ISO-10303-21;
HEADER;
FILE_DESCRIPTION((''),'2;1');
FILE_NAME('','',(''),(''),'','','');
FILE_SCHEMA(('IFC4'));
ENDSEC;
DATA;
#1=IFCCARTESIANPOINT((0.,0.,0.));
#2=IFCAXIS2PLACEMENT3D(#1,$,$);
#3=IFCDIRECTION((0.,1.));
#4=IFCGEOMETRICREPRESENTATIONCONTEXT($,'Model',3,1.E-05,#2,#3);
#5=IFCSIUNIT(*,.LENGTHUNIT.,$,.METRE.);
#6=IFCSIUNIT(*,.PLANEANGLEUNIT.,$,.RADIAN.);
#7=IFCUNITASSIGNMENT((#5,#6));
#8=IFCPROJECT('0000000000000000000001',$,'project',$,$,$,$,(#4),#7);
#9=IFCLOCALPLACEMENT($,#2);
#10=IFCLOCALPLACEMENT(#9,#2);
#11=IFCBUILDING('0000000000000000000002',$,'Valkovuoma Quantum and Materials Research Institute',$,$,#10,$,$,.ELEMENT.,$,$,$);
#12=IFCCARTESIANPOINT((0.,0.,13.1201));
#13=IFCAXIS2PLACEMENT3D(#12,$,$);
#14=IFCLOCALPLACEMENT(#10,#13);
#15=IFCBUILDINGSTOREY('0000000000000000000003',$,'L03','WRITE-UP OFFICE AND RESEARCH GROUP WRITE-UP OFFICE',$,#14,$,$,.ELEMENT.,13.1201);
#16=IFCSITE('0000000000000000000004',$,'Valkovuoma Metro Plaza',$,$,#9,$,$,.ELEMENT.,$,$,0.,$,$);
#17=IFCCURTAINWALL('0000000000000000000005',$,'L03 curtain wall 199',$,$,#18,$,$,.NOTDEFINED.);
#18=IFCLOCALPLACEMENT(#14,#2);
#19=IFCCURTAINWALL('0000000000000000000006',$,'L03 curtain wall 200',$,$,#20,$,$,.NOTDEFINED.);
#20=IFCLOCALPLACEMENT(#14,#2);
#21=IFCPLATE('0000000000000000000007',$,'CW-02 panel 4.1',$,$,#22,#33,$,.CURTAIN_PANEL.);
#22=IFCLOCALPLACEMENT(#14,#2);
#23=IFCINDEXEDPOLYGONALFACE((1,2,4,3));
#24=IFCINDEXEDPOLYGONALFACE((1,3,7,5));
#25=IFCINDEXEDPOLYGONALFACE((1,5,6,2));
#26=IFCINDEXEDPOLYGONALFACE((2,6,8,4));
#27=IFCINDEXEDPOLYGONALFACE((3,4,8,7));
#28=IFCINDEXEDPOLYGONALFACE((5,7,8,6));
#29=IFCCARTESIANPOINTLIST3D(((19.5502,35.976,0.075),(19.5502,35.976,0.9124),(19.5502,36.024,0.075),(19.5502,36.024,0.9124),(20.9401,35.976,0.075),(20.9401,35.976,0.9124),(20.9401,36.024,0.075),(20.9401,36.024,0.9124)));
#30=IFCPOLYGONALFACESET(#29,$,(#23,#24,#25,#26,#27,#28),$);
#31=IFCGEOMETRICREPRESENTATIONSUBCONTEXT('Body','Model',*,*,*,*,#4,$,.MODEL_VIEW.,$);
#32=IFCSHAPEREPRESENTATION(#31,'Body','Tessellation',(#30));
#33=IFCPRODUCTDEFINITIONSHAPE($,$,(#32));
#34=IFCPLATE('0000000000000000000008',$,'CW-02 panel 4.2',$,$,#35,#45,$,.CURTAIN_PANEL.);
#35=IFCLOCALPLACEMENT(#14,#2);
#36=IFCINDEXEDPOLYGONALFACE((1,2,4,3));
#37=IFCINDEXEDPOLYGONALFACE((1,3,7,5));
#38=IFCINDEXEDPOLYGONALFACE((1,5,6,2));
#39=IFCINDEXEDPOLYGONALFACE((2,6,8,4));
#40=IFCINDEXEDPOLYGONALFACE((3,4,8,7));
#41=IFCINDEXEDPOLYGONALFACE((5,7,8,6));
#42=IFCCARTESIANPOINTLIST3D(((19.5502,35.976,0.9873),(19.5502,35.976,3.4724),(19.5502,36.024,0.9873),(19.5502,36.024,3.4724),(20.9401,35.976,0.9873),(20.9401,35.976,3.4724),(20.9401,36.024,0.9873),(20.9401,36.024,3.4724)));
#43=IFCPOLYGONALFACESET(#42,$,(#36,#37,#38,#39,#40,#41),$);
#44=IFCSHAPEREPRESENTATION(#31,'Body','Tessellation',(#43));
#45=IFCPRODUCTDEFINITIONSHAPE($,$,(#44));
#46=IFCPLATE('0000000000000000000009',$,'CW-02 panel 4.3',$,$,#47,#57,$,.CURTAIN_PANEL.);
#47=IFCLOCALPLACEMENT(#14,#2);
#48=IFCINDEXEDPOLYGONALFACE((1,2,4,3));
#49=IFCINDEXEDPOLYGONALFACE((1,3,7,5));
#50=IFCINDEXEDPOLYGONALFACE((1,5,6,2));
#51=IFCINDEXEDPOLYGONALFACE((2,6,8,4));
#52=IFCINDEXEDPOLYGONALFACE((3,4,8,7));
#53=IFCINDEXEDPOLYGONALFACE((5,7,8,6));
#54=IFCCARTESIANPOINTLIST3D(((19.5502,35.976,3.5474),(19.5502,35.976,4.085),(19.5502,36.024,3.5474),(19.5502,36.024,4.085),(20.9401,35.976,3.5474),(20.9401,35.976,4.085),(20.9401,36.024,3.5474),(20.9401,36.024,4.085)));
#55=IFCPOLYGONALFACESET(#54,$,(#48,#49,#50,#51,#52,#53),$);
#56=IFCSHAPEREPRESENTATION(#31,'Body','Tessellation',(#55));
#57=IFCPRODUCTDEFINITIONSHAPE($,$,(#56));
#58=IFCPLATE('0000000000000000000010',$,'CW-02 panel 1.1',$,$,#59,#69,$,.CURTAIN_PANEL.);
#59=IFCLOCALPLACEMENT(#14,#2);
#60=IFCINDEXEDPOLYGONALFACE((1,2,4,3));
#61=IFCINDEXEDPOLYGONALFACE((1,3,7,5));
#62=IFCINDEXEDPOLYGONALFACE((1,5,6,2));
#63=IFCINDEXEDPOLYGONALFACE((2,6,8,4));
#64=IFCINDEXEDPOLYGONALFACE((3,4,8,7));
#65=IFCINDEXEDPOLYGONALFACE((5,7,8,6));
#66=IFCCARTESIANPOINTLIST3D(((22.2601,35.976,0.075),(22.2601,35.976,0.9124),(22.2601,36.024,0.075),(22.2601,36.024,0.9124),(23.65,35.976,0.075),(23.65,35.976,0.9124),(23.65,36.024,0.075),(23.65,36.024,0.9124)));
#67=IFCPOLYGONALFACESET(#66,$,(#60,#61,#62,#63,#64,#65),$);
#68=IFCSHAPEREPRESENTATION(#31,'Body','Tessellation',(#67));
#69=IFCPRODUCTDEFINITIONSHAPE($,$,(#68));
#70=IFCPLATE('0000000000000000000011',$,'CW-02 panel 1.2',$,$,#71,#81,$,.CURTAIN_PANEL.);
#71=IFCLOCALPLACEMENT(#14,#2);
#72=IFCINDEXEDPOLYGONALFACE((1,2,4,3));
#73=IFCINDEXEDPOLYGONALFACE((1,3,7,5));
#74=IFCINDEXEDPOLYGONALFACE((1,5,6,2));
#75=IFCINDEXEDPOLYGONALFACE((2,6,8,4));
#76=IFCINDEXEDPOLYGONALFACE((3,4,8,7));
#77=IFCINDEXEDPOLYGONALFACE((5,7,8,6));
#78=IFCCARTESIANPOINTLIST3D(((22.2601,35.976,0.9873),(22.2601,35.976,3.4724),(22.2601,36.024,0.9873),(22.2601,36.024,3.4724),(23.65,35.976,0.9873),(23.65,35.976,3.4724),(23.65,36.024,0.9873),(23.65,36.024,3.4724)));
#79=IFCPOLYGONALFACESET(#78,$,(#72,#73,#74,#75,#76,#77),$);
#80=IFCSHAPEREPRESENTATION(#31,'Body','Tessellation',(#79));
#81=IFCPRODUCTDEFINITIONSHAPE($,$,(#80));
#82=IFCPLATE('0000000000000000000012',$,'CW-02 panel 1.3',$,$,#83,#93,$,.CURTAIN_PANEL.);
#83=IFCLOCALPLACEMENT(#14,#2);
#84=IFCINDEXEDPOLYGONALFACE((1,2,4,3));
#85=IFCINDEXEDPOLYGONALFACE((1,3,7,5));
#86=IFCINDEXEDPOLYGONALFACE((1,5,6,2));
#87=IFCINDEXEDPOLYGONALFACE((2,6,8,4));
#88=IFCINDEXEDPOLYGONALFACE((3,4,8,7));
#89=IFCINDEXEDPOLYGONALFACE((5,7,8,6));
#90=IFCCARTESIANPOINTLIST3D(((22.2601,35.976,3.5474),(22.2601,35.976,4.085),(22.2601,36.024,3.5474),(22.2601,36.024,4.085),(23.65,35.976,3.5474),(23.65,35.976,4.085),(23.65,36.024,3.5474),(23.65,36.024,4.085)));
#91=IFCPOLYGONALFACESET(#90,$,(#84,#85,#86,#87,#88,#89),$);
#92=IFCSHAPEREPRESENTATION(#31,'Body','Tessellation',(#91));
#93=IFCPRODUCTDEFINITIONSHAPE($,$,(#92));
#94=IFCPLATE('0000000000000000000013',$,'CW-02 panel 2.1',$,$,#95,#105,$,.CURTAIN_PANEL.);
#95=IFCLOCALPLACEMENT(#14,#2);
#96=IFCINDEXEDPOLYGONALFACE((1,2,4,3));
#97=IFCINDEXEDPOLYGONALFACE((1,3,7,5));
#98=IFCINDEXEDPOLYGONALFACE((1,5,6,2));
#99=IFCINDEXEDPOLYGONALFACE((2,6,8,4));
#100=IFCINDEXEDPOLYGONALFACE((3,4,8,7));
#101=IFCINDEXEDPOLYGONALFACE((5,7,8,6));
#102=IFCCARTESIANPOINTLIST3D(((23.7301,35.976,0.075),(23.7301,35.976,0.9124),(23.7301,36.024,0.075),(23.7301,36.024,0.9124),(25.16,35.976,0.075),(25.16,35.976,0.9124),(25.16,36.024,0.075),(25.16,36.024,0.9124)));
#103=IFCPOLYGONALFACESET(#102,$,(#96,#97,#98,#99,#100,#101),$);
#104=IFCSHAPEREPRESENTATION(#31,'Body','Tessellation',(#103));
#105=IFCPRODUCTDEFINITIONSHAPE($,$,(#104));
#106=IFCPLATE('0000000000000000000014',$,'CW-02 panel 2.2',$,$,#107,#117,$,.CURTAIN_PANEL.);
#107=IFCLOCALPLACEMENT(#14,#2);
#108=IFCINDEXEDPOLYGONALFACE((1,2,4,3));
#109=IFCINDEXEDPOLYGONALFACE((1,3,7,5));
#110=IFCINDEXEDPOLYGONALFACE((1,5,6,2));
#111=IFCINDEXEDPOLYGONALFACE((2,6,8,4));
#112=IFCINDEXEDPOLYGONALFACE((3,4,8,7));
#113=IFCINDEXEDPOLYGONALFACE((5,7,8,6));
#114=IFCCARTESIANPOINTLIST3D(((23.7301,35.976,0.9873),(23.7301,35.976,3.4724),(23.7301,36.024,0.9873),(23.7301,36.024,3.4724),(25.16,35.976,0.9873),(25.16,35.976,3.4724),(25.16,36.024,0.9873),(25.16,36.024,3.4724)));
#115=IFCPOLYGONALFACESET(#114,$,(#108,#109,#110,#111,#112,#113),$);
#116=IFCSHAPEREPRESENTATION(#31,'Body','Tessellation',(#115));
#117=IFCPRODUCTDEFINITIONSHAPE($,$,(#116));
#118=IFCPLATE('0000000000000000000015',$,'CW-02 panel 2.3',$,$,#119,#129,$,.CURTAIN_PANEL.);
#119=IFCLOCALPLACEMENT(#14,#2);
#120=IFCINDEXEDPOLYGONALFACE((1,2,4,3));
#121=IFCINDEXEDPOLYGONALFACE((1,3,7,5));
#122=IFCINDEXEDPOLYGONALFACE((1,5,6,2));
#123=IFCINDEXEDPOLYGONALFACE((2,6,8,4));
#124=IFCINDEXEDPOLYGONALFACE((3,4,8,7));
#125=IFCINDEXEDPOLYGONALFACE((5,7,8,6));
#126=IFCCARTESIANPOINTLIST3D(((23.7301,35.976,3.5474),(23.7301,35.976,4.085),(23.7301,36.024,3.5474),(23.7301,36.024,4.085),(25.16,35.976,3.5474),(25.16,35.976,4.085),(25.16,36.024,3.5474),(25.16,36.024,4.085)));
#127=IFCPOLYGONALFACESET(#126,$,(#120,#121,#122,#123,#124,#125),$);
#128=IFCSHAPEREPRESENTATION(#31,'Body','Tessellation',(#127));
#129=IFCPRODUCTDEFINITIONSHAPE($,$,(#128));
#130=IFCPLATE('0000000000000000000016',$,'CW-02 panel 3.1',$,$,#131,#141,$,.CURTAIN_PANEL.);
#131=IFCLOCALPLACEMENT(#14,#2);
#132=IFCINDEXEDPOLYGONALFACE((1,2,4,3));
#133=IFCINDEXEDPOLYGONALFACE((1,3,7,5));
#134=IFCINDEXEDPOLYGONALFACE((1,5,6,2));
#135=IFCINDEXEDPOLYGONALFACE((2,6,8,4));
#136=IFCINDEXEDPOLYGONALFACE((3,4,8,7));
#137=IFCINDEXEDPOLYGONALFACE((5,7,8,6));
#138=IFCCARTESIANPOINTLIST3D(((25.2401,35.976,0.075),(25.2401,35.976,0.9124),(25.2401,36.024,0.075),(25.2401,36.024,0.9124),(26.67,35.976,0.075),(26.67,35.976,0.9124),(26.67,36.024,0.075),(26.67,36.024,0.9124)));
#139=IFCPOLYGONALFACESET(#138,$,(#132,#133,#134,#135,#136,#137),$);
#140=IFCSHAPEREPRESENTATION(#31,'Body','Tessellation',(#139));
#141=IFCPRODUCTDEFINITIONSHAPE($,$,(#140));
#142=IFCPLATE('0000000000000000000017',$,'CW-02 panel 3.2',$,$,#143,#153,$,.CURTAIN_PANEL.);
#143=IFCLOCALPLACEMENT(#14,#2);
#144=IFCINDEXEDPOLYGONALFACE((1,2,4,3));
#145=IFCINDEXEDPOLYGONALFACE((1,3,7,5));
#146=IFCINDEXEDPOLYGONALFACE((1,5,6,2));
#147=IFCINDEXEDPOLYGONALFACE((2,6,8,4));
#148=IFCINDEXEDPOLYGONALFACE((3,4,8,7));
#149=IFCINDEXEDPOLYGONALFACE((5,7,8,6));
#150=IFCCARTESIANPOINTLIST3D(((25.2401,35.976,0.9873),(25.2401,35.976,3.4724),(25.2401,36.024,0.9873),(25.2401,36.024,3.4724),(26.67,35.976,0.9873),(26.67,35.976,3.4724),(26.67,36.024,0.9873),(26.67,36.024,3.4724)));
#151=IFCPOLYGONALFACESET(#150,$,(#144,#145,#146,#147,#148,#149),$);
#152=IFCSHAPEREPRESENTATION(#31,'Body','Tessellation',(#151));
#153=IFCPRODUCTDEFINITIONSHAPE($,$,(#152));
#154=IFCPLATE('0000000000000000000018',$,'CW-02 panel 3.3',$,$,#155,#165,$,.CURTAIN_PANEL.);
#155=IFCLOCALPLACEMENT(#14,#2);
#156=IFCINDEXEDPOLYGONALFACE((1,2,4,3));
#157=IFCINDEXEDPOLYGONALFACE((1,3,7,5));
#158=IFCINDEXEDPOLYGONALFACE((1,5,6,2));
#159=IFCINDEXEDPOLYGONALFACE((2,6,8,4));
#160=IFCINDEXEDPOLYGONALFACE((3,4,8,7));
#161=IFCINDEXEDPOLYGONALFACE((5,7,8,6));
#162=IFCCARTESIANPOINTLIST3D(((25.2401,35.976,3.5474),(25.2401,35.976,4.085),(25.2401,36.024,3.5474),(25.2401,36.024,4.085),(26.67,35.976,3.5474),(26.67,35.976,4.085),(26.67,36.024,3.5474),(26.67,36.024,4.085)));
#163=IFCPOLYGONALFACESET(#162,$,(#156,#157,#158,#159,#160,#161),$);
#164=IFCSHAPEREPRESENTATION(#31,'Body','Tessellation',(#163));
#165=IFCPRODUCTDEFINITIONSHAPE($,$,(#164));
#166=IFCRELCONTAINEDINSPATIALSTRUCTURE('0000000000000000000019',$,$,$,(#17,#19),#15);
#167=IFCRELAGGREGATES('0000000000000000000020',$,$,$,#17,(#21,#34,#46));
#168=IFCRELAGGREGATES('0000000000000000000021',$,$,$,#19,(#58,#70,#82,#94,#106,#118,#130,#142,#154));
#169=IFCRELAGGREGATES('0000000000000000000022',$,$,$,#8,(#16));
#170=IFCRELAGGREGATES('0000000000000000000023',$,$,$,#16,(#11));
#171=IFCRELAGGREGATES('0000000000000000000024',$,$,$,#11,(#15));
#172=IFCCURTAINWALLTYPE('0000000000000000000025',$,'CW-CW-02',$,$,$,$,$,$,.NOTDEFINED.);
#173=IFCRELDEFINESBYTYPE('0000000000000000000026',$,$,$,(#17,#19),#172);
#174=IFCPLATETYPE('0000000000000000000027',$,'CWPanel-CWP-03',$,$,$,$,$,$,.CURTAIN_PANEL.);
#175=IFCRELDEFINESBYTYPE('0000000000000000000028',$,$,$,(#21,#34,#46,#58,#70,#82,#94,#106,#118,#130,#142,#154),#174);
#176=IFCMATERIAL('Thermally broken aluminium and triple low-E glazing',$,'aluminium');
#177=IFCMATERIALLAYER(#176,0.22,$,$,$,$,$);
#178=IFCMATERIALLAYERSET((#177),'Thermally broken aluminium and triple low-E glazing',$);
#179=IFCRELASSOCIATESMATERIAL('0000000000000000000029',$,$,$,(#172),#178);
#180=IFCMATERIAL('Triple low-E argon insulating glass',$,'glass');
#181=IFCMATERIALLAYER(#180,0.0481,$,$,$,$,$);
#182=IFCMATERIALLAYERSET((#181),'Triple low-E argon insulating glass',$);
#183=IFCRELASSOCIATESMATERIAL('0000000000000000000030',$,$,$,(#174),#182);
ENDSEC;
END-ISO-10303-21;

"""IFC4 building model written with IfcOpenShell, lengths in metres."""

from ifc_helpers import new_model, si_unit, direction, frame, origin, origin_2d, place, context, subcontext, project, spatial, rectangle, extrude, material, layer, layer_set, type_object, element, aggregate, save


model = new_model("IFC4")

# Units and contexts
model_context = context("Model", 3, precision=1e-05, world=origin(), true_north=direction((0.0, 1.0)))
body_context = subcontext(model_context, "Body", "Model", "MODEL_VIEW")
ifc_project = project(units=[si_unit("LENGTHUNIT", "METRE"), si_unit("PLANEANGLEUNIT", "RADIAN")], contexts=[model_context])

# Site, building, storey
site_placement = place(None, origin())
site = spatial("IfcSite", under=ifc_project, at=site_placement, Name="Valkovuoma Metro Plaza", CompositionType="ELEMENT", RefElevation=0.0)
building_placement = place(site_placement, origin())
building = spatial("IfcBuilding", under=site, at=building_placement, Name="Valkovuoma Quantum and Materials Research Institute", CompositionType="ELEMENT")
storey_placement = place(building_placement, frame((0.0, 0.0, 13.1201)))
storey = spatial("IfcBuildingStorey", under=building, at=storey_placement, Name="L03", Description="WRITE-UP OFFICE AND RESEARCH GROUP WRITE-UP OFFICE", CompositionType="ELEMENT", Elevation=13.1201)

# Curtain wall
ifc_material_1 = material(Name="Thermally broken aluminium and triple low-E glazing", Category="aluminium")
ifc_layer_1 = layer(ifc_material_1, 0.22)
ifc_layer_set_1 = layer_set([ifc_layer_1], Name="Thermally broken aluminium and triple low-E glazing")
curtain_wall_type = type_object("IfcCurtainWallType", Name="CW-CW-02", PredefinedType="NOTDEFINED", material=ifc_layer_set_1)
curtain_wall_1_placement = place(storey_placement, origin())
curtain_wall_1 = element("IfcCurtainWall", 1, at=curtain_wall_1_placement, inside=storey, type_object=curtain_wall_type, Name="L03 curtain wall 199", PredefinedType="NOTDEFINED")

# Curtain wall
curtain_wall_2_placement = place(storey_placement, origin())
curtain_wall_2 = element("IfcCurtainWall", 2, at=curtain_wall_2_placement, inside=storey, type_object=curtain_wall_type, Name="L03 curtain wall 200", PredefinedType="NOTDEFINED")

# Plates
ifc_material_2 = material(Name="Triple low-E argon insulating glass", Category="glass")
ifc_layer_2 = layer(ifc_material_2, 0.0481)
ifc_layer_set_2 = layer_set([ifc_layer_2], Name="Triple low-E argon insulating glass")
plate_type = type_object("IfcPlateType", Name="CWPanel-CWP-03", PredefinedType="CURTAIN_PANEL", material=ifc_layer_set_2)
plate_1_placement = place(storey_placement, frame((20.2451, 36.0, 0.075), z_axis=(0.0, 0.0, 1.0), x_axis=(1.0, 0.0, 0.0)))
plate_1 = element("IfcPlate", 3, at=plate_1_placement, type_object=plate_type, Name="CW-02 panel 4.1", PredefinedType="CURTAIN_PANEL", context=body_context, shape_type="SweptSolid", body=[
    extrude(rectangle(XDim=1.3899, YDim=0.0481, at=origin_2d()), origin(), (0.0, 0.0, 1.0), 0.8374),
])
plate_2_placement = place(storey_placement, frame((20.2451, 36.0, 0.9873), z_axis=(0.0, 0.0, 1.0), x_axis=(1.0, 0.0, 0.0)))
plate_2 = element("IfcPlate", 4, at=plate_2_placement, type_object=plate_type, Name="CW-02 panel 4.2", PredefinedType="CURTAIN_PANEL", context=body_context, shape_type="SweptSolid", body=[
    extrude(rectangle(XDim=1.3899, YDim=0.0481, at=origin_2d()), origin(), (0.0, 0.0, 1.0), 2.4851),
])
plate_3_placement = place(storey_placement, frame((20.2451, 36.0, 3.5474), z_axis=(0.0, 0.0, 1.0), x_axis=(1.0, 0.0, 0.0)))
plate_3 = element("IfcPlate", 5, at=plate_3_placement, type_object=plate_type, Name="CW-02 panel 4.3", PredefinedType="CURTAIN_PANEL", context=body_context, shape_type="SweptSolid", body=[
    extrude(rectangle(XDim=1.3899, YDim=0.0481, at=origin_2d()), origin(), (0.0, 0.0, 1.0), 0.5376),
])
aggregate(curtain_wall_1, [plate_1, plate_2, plate_3])
plate_4_placement = place(storey_placement, frame((22.9551, 36.0, 0.075), z_axis=(0.0, 0.0, 1.0), x_axis=(1.0, 0.0, 0.0)))
plate_4 = element("IfcPlate", 6, at=plate_4_placement, type_object=plate_type, Name="CW-02 panel 1.1", PredefinedType="CURTAIN_PANEL", context=body_context, shape_type="SweptSolid", body=[
    extrude(rectangle(XDim=1.3899, YDim=0.0481, at=origin_2d()), origin(), (0.0, 0.0, 1.0), 0.8374),
])
plate_5_placement = place(storey_placement, frame((22.9551, 36.0, 0.9873), z_axis=(0.0, 0.0, 1.0), x_axis=(1.0, 0.0, 0.0)))
plate_5 = element("IfcPlate", 7, at=plate_5_placement, type_object=plate_type, Name="CW-02 panel 1.2", PredefinedType="CURTAIN_PANEL", context=body_context, shape_type="SweptSolid", body=[
    extrude(rectangle(XDim=1.3899, YDim=0.0481, at=origin_2d()), origin(), (0.0, 0.0, 1.0), 2.4851),
])
plate_6_placement = place(storey_placement, frame((22.9551, 36.0, 3.5474), z_axis=(0.0, 0.0, 1.0), x_axis=(1.0, 0.0, 0.0)))
plate_6 = element("IfcPlate", 8, at=plate_6_placement, type_object=plate_type, Name="CW-02 panel 1.3", PredefinedType="CURTAIN_PANEL", context=body_context, shape_type="SweptSolid", body=[
    extrude(rectangle(XDim=1.3899, YDim=0.0481, at=origin_2d()), origin(), (0.0, 0.0, 1.0), 0.5376),
])
plate_7_placement = place(storey_placement, frame((24.4451, 36.0, 0.075), z_axis=(0.0, 0.0, 1.0), x_axis=(1.0, 0.0, 0.0)))
plate_7 = element("IfcPlate", 9, at=plate_7_placement, type_object=plate_type, Name="CW-02 panel 2.1", PredefinedType="CURTAIN_PANEL", context=body_context, shape_type="SweptSolid", body=[
    extrude(rectangle(XDim=1.4299, YDim=0.0481, at=origin_2d()), origin(), (0.0, 0.0, 1.0), 0.8374),
])
plate_8_placement = place(storey_placement, frame((24.4451, 36.0, 0.9873), z_axis=(0.0, 0.0, 1.0), x_axis=(1.0, 0.0, 0.0)))
plate_8 = element("IfcPlate", 10, at=plate_8_placement, type_object=plate_type, Name="CW-02 panel 2.2", PredefinedType="CURTAIN_PANEL", context=body_context, shape_type="SweptSolid", body=[
    extrude(rectangle(XDim=1.4299, YDim=0.0481, at=origin_2d()), origin(), (0.0, 0.0, 1.0), 2.4851),
])
plate_9_placement = place(storey_placement, frame((24.4451, 36.0, 3.5474), z_axis=(0.0, 0.0, 1.0), x_axis=(1.0, 0.0, 0.0)))
plate_9 = element("IfcPlate", 11, at=plate_9_placement, type_object=plate_type, Name="CW-02 panel 2.3", PredefinedType="CURTAIN_PANEL", context=body_context, shape_type="SweptSolid", body=[
    extrude(rectangle(XDim=1.4299, YDim=0.0481, at=origin_2d()), origin(), (0.0, 0.0, 1.0), 0.5376),
])
plate_10_placement = place(storey_placement, frame((25.9551, 36.0, 0.075), z_axis=(0.0, 0.0, 1.0), x_axis=(1.0, 0.0, 0.0)))
plate_10 = element("IfcPlate", 12, at=plate_10_placement, type_object=plate_type, Name="CW-02 panel 3.1", PredefinedType="CURTAIN_PANEL", context=body_context, shape_type="SweptSolid", body=[
    extrude(rectangle(XDim=1.4299, YDim=0.0481, at=origin_2d()), origin(), (0.0, 0.0, 1.0), 0.8374),
])
plate_11_placement = place(storey_placement, frame((25.9551, 36.0, 0.9873), z_axis=(0.0, 0.0, 1.0), x_axis=(1.0, 0.0, 0.0)))
plate_11 = element("IfcPlate", 13, at=plate_11_placement, type_object=plate_type, Name="CW-02 panel 3.2", PredefinedType="CURTAIN_PANEL", context=body_context, shape_type="SweptSolid", body=[
    extrude(rectangle(XDim=1.4299, YDim=0.0481, at=origin_2d()), origin(), (0.0, 0.0, 1.0), 2.4851),
])
plate_12_placement = place(storey_placement, frame((25.9551, 36.0, 3.5474), z_axis=(0.0, 0.0, 1.0), x_axis=(1.0, 0.0, 0.0)))
plate_12 = element("IfcPlate", 14, at=plate_12_placement, type_object=plate_type, Name="CW-02 panel 3.3", PredefinedType="CURTAIN_PANEL", context=body_context, shape_type="SweptSolid", body=[
    extrude(rectangle(XDim=1.4299, YDim=0.0481, at=origin_2d()), origin(), (0.0, 0.0, 1.0), 0.5376),
])
aggregate(curtain_wall_2, [plate_4, plate_5, plate_6, plate_7, plate_8, plate_9, plate_10, plate_11, plate_12])

save(model, "model.ifc")
